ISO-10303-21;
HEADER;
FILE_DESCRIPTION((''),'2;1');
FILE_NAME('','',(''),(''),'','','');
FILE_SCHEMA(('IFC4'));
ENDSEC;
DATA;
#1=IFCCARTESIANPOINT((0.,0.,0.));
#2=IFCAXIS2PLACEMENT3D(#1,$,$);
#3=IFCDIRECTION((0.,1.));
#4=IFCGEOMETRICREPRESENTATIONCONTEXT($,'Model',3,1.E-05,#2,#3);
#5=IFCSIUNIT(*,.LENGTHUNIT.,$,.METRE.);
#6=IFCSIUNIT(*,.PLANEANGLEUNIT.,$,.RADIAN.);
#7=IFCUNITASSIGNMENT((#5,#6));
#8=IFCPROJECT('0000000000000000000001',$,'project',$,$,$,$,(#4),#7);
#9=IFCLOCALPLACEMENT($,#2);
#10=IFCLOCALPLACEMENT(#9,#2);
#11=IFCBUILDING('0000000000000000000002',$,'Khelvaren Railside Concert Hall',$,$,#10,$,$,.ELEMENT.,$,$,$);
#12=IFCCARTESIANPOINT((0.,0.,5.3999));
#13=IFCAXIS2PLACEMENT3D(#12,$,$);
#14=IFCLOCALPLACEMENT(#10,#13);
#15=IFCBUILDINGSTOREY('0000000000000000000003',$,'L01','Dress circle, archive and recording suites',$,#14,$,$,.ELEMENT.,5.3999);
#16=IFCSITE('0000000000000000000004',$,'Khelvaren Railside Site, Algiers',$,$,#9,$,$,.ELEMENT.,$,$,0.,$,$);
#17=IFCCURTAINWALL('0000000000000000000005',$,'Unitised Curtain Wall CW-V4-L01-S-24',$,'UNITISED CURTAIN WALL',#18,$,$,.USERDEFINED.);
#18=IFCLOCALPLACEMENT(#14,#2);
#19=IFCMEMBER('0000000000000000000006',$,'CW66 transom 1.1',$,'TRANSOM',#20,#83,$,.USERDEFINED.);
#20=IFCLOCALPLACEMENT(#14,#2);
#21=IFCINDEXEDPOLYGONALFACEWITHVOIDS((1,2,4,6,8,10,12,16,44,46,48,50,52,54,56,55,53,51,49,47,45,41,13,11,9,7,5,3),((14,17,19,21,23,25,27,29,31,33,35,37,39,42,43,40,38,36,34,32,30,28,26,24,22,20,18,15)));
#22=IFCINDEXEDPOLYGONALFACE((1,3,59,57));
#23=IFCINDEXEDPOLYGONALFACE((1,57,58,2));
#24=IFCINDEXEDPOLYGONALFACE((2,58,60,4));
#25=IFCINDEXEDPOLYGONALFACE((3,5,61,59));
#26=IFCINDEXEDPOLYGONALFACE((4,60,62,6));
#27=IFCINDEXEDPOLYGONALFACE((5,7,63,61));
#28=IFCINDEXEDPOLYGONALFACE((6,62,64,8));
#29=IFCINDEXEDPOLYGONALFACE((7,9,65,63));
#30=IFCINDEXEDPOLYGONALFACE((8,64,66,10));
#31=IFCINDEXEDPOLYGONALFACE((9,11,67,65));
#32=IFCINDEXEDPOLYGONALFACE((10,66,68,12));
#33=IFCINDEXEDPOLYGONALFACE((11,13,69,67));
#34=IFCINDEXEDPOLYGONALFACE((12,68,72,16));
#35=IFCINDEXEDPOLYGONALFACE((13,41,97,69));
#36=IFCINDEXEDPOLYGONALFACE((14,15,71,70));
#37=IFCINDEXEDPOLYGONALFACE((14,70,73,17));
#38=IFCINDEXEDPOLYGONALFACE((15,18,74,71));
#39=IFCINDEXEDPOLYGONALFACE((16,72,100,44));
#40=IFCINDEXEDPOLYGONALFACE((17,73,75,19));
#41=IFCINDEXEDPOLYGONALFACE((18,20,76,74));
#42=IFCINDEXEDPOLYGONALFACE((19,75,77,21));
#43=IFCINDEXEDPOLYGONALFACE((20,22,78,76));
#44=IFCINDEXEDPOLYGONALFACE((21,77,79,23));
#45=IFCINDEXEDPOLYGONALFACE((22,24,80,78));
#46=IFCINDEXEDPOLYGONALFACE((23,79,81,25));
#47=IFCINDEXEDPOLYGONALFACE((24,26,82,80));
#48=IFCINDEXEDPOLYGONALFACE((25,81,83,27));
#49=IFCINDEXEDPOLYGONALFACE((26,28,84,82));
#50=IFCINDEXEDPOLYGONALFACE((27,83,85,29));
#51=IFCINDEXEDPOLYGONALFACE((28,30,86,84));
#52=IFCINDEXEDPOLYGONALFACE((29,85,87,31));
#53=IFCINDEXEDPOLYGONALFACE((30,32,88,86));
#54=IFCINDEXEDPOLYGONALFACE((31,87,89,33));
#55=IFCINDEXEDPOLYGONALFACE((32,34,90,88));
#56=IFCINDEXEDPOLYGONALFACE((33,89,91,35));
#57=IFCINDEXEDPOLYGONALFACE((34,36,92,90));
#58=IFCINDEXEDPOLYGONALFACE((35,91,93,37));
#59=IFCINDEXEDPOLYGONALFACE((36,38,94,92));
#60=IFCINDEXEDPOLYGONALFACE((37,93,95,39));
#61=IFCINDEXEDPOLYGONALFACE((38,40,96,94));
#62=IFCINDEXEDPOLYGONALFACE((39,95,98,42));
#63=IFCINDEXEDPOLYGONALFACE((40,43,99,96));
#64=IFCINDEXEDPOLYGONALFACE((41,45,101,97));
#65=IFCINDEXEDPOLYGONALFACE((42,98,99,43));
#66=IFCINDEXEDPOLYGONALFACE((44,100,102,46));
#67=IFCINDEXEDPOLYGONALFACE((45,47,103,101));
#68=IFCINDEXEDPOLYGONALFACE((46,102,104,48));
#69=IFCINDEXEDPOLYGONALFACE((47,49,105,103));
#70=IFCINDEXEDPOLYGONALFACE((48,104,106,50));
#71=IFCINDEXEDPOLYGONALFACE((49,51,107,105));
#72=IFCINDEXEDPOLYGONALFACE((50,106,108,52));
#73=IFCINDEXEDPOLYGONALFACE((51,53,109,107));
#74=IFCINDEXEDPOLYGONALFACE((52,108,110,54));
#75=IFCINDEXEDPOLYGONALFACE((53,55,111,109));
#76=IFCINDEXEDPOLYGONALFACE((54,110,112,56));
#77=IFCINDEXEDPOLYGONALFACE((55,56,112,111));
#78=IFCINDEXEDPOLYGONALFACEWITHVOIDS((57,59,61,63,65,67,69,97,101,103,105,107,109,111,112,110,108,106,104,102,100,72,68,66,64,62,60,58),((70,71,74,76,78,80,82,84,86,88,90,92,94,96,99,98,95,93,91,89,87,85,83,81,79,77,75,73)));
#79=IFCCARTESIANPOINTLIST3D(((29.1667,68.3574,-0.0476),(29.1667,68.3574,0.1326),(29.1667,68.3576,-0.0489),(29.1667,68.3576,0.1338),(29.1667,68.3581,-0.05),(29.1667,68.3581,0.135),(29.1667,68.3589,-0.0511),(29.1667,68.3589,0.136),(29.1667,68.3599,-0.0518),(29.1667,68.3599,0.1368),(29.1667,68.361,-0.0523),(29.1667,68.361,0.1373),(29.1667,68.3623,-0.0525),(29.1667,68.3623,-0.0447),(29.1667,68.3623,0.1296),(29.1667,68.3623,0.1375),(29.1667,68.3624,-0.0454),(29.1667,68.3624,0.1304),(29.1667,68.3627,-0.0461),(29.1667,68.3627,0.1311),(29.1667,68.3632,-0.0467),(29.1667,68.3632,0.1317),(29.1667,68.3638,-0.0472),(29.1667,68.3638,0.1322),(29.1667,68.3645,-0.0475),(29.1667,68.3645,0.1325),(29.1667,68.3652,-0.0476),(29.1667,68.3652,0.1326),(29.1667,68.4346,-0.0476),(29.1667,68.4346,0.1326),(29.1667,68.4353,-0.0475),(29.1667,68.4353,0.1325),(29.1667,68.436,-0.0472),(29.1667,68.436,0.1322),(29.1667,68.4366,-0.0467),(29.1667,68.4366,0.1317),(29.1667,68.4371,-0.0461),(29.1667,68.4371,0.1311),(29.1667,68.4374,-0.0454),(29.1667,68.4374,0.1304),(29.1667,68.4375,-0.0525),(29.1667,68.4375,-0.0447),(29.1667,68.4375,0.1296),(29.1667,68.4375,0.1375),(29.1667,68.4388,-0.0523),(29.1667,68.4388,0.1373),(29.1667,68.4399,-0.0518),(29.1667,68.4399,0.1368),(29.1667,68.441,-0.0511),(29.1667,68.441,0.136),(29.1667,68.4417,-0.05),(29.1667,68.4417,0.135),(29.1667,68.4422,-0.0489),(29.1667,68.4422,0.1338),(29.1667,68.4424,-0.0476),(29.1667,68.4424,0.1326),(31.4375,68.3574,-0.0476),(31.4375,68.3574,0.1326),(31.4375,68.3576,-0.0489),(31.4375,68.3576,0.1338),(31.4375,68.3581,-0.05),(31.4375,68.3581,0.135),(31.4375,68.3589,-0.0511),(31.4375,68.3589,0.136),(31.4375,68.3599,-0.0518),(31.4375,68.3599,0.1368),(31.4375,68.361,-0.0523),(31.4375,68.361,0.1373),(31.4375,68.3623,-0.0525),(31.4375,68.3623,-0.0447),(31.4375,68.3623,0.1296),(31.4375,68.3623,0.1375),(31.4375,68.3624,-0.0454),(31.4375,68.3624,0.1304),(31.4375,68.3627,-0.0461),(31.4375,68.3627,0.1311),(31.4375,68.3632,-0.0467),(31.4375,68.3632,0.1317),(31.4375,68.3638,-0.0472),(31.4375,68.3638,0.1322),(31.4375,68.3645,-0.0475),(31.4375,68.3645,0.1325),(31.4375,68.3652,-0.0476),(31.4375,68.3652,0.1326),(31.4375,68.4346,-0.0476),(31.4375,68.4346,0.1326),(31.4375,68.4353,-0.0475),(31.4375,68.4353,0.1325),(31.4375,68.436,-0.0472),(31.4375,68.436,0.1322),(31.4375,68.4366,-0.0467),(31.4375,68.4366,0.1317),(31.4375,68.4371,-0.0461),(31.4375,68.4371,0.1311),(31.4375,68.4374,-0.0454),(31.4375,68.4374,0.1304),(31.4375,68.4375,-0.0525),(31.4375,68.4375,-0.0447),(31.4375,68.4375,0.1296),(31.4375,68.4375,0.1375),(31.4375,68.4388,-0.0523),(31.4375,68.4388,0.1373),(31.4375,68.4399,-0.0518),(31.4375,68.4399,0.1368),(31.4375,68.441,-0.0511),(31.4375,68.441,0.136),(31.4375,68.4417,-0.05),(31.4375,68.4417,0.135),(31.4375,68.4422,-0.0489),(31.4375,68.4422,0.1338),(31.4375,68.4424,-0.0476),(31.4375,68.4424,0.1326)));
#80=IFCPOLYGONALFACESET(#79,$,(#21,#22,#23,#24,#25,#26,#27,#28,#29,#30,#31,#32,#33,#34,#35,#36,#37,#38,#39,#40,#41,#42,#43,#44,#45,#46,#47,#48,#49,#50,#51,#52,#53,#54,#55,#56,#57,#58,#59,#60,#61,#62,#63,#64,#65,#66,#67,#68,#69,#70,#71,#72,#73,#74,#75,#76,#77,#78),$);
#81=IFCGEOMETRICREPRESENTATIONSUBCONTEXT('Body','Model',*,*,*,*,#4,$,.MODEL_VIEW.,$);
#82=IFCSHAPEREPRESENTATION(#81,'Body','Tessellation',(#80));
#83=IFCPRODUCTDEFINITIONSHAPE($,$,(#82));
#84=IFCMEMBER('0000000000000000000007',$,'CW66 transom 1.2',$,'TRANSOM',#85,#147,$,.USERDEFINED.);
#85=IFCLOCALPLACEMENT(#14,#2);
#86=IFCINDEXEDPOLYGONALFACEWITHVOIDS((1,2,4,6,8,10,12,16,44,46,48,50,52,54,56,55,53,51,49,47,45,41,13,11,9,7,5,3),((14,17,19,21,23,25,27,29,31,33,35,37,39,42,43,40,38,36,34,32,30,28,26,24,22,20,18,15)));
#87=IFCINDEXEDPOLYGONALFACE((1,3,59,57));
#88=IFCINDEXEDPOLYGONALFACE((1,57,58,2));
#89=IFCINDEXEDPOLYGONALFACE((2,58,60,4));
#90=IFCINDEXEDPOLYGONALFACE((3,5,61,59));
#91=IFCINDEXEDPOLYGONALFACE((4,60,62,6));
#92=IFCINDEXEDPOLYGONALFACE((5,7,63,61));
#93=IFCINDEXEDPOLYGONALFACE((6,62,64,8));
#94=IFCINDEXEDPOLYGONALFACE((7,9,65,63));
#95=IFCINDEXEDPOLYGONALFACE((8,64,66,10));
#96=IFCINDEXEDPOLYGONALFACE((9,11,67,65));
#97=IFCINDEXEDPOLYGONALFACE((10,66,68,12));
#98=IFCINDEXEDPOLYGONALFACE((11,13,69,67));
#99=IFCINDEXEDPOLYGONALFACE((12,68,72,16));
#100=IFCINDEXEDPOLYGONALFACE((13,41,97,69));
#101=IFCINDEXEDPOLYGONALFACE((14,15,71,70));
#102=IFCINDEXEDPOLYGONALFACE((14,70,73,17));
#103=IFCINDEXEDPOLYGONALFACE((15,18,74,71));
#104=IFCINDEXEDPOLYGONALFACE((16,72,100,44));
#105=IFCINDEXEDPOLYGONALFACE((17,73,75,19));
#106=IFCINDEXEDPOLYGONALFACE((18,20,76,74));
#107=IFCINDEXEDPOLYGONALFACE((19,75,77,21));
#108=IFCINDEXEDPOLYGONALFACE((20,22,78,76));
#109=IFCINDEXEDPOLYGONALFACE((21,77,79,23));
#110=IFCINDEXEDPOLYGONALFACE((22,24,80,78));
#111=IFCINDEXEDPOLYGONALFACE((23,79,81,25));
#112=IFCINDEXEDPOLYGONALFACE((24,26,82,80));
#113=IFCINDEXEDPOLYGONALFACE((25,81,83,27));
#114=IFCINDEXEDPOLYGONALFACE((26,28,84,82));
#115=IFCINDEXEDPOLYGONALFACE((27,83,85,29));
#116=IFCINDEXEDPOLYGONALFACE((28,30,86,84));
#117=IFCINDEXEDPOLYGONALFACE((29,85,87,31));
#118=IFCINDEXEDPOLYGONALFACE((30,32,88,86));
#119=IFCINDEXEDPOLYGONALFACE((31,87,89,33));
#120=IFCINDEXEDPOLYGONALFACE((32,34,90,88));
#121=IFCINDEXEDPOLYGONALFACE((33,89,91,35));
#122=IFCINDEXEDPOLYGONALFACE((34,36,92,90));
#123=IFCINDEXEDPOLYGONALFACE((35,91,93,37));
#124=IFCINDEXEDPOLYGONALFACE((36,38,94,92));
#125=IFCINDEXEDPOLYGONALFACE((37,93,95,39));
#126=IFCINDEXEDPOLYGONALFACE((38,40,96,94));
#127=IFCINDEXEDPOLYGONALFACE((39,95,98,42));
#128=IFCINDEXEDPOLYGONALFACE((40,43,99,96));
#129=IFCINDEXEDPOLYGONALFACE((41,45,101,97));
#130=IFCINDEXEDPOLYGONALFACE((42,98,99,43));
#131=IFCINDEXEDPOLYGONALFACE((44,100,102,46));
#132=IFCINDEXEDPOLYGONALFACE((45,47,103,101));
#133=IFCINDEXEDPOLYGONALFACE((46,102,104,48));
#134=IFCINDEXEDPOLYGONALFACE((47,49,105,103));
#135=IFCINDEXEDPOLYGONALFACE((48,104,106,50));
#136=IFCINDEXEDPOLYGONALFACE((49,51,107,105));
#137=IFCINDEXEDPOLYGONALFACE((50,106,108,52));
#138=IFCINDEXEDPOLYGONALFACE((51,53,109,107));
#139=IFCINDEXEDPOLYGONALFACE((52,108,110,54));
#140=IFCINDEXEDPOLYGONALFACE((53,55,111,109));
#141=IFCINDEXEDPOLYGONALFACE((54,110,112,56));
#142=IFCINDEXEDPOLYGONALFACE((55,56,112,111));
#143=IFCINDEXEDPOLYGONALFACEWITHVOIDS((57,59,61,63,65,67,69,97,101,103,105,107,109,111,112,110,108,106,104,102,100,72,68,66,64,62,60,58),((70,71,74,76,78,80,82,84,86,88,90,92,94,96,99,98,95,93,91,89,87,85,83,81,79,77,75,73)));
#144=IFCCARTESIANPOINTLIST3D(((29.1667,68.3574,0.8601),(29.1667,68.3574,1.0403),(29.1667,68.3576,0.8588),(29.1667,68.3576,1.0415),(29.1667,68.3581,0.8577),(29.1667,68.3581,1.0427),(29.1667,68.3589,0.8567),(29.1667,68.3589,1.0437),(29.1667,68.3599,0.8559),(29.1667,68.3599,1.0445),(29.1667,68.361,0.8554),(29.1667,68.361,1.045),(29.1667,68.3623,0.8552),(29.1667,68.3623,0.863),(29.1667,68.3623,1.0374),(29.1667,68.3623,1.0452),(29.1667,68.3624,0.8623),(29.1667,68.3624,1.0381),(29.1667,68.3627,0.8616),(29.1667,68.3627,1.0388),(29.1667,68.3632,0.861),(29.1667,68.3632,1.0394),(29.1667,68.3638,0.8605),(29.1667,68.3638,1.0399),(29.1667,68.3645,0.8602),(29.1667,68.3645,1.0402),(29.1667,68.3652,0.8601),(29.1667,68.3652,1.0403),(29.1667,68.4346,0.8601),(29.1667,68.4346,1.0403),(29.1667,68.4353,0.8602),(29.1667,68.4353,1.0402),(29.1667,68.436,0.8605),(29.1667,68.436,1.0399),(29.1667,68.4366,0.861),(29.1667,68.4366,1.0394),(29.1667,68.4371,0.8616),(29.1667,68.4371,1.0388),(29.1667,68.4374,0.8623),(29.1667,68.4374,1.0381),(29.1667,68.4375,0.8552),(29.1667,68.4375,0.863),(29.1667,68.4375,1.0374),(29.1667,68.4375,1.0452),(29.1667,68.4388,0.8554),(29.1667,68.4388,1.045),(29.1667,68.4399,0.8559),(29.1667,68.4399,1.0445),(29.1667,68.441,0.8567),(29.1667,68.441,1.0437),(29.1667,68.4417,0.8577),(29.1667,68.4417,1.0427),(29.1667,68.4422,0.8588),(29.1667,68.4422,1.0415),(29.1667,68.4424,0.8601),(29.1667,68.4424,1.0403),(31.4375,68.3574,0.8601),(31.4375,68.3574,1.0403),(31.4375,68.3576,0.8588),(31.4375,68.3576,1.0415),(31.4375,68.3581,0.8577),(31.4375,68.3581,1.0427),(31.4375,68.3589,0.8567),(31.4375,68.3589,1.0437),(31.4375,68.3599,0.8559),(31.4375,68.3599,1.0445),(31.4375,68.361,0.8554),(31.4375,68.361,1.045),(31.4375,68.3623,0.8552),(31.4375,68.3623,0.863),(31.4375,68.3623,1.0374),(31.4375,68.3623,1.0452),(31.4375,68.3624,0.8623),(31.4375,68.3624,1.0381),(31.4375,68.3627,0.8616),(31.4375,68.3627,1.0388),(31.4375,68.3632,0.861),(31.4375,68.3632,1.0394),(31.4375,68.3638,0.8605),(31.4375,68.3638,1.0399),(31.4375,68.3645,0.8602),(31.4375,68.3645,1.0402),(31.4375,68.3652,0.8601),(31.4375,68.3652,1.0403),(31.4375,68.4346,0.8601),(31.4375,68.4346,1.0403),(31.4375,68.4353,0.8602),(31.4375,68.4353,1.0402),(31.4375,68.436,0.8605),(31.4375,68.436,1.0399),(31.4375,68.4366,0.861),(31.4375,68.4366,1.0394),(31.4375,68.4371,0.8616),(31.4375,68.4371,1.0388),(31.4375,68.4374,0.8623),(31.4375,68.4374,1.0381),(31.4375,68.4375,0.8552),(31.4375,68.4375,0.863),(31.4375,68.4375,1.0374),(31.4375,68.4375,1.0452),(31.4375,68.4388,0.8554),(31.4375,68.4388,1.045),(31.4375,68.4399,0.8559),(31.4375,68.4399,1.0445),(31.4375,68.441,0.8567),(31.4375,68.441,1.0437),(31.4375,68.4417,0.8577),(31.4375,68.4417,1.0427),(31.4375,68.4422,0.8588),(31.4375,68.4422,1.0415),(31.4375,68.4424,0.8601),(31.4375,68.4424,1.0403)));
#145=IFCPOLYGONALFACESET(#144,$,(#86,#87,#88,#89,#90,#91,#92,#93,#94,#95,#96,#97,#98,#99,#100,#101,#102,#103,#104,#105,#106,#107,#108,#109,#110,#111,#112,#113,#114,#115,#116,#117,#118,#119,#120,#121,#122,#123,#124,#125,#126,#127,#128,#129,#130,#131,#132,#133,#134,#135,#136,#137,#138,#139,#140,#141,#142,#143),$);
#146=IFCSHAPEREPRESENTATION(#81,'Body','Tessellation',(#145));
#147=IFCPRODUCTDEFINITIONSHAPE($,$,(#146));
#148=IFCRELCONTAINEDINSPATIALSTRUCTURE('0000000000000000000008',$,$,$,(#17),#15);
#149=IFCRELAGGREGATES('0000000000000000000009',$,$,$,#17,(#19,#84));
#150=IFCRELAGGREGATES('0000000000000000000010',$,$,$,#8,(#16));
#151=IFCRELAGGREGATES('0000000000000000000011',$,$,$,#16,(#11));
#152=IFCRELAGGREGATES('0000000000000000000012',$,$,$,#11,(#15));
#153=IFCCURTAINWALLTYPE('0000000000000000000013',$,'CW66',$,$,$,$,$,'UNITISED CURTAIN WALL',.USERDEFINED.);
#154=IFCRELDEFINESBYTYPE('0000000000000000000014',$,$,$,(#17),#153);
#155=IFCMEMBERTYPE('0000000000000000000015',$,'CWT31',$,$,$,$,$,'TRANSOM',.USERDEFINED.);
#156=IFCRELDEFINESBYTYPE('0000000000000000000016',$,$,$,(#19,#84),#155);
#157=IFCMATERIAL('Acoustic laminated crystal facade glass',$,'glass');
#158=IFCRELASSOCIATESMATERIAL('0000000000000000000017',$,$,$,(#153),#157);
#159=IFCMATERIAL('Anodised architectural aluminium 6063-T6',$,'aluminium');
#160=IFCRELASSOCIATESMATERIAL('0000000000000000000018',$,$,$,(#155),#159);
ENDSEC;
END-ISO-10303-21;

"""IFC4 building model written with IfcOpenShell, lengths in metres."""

from ifc_helpers import new_model, si_unit, direction, frame, origin, origin_2d, place, context, subcontext, project, spatial, hollow_rectangle, extrude, material, material_profile, profile_set, type_object, element, aggregate, save


model = new_model("IFC4")

# Units and contexts
model_context = context("Model", 3, precision=1e-05, world=origin(), true_north=direction((0.0, 1.0)))
body_context = subcontext(model_context, "Body", "Model", "MODEL_VIEW")
ifc_project = project(units=[si_unit("LENGTHUNIT", "METRE"), si_unit("PLANEANGLEUNIT", "RADIAN")], contexts=[model_context])

# Site, building, storey
site_placement = place(None, origin())
site = spatial("IfcSite", under=ifc_project, at=site_placement, Name="Khelvaren Railside Site, Algiers", CompositionType="ELEMENT", RefElevation=0.0)
building_placement = place(site_placement, origin())
building = spatial("IfcBuilding", under=site, at=building_placement, Name="Khelvaren Railside Concert Hall", CompositionType="ELEMENT")
storey_placement = place(building_placement, frame((0.0, 0.0, 5.3999)))
storey = spatial("IfcBuildingStorey", under=building, at=storey_placement, Name="L01", Description="Dress circle, archive and recording suites", CompositionType="ELEMENT", Elevation=5.3999)

# Curtain wall, members
ifc_material_1 = material(Name="Acoustic laminated crystal facade glass", Category="glass")
curtain_wall_type = type_object("IfcCurtainWallType", Name="CW66", ElementType="UNITISED CURTAIN WALL", PredefinedType="USERDEFINED", material=ifc_material_1)
curtain_wall_placement = place(storey_placement, origin())
curtain_wall = element("IfcCurtainWall", 1, at=curtain_wall_placement, inside=storey, type_object=curtain_wall_type, Name="Unitised Curtain Wall CW-V4-L01-S-24", ObjectType="UNITISED CURTAIN WALL", PredefinedType="USERDEFINED")
ifc_material_2 = material(Name="Anodised architectural aluminium 6063-T6", Category="aluminium")
ifc_material_profile_1 = material_profile(ifc_material_2, hollow_rectangle(XDim=0.085, YDim=0.1899, WallThickness=0.0049, InnerFilletRadius=0.0029, OuterFilletRadius=0.0049, at=origin_2d()), Name="CWT 85x190x5")
ifc_profile_set_1 = profile_set([ifc_material_profile_1], Name="Anodised architectural aluminium 6063-T6")
member_type_1 = type_object("IfcMemberType", Name="CWT31", ElementType="TRANSOM", PredefinedType="USERDEFINED", material=ifc_profile_set_1)
member_1_placement = place(storey_placement, frame((31.4375, 68.3999, 0.0425), z_axis=(-1.0, 0.0, 0.0), x_axis=(0.0, -1.0, 0.0)))
member_1 = element("IfcMember", 2, at=member_1_placement, type_object=member_type_1, Name="CW66 transom 1.1", ObjectType="TRANSOM", PredefinedType="USERDEFINED", context=body_context, shape_type="SweptSolid", body=[
    extrude(hollow_rectangle(XDim=0.085, YDim=0.1899, WallThickness=0.0049, InnerFilletRadius=0.0029, OuterFilletRadius=0.0049, at=origin_2d()), origin(), (0.0, 0.0, 1.0), 2.2708),
])
member_2_placement = place(storey_placement, frame((31.4375, 68.3999, 0.9502), z_axis=(-1.0, 0.0, 0.0), x_axis=(0.0, -1.0, 0.0)))
member_2 = element("IfcMember", 3, at=member_2_placement, type_object=member_type_1, Name="CW66 transom 1.2", ObjectType="TRANSOM", PredefinedType="USERDEFINED", context=body_context, shape_type="SweptSolid", body=[
    extrude(hollow_rectangle(XDim=0.085, YDim=0.1899, WallThickness=0.0049, InnerFilletRadius=0.0029, OuterFilletRadius=0.0049, at=origin_2d()), origin(), (0.0, 0.0, 1.0), 2.2708),
])

aggregate(curtain_wall, [member_1, member_2])

save(model, "model.ifc")
